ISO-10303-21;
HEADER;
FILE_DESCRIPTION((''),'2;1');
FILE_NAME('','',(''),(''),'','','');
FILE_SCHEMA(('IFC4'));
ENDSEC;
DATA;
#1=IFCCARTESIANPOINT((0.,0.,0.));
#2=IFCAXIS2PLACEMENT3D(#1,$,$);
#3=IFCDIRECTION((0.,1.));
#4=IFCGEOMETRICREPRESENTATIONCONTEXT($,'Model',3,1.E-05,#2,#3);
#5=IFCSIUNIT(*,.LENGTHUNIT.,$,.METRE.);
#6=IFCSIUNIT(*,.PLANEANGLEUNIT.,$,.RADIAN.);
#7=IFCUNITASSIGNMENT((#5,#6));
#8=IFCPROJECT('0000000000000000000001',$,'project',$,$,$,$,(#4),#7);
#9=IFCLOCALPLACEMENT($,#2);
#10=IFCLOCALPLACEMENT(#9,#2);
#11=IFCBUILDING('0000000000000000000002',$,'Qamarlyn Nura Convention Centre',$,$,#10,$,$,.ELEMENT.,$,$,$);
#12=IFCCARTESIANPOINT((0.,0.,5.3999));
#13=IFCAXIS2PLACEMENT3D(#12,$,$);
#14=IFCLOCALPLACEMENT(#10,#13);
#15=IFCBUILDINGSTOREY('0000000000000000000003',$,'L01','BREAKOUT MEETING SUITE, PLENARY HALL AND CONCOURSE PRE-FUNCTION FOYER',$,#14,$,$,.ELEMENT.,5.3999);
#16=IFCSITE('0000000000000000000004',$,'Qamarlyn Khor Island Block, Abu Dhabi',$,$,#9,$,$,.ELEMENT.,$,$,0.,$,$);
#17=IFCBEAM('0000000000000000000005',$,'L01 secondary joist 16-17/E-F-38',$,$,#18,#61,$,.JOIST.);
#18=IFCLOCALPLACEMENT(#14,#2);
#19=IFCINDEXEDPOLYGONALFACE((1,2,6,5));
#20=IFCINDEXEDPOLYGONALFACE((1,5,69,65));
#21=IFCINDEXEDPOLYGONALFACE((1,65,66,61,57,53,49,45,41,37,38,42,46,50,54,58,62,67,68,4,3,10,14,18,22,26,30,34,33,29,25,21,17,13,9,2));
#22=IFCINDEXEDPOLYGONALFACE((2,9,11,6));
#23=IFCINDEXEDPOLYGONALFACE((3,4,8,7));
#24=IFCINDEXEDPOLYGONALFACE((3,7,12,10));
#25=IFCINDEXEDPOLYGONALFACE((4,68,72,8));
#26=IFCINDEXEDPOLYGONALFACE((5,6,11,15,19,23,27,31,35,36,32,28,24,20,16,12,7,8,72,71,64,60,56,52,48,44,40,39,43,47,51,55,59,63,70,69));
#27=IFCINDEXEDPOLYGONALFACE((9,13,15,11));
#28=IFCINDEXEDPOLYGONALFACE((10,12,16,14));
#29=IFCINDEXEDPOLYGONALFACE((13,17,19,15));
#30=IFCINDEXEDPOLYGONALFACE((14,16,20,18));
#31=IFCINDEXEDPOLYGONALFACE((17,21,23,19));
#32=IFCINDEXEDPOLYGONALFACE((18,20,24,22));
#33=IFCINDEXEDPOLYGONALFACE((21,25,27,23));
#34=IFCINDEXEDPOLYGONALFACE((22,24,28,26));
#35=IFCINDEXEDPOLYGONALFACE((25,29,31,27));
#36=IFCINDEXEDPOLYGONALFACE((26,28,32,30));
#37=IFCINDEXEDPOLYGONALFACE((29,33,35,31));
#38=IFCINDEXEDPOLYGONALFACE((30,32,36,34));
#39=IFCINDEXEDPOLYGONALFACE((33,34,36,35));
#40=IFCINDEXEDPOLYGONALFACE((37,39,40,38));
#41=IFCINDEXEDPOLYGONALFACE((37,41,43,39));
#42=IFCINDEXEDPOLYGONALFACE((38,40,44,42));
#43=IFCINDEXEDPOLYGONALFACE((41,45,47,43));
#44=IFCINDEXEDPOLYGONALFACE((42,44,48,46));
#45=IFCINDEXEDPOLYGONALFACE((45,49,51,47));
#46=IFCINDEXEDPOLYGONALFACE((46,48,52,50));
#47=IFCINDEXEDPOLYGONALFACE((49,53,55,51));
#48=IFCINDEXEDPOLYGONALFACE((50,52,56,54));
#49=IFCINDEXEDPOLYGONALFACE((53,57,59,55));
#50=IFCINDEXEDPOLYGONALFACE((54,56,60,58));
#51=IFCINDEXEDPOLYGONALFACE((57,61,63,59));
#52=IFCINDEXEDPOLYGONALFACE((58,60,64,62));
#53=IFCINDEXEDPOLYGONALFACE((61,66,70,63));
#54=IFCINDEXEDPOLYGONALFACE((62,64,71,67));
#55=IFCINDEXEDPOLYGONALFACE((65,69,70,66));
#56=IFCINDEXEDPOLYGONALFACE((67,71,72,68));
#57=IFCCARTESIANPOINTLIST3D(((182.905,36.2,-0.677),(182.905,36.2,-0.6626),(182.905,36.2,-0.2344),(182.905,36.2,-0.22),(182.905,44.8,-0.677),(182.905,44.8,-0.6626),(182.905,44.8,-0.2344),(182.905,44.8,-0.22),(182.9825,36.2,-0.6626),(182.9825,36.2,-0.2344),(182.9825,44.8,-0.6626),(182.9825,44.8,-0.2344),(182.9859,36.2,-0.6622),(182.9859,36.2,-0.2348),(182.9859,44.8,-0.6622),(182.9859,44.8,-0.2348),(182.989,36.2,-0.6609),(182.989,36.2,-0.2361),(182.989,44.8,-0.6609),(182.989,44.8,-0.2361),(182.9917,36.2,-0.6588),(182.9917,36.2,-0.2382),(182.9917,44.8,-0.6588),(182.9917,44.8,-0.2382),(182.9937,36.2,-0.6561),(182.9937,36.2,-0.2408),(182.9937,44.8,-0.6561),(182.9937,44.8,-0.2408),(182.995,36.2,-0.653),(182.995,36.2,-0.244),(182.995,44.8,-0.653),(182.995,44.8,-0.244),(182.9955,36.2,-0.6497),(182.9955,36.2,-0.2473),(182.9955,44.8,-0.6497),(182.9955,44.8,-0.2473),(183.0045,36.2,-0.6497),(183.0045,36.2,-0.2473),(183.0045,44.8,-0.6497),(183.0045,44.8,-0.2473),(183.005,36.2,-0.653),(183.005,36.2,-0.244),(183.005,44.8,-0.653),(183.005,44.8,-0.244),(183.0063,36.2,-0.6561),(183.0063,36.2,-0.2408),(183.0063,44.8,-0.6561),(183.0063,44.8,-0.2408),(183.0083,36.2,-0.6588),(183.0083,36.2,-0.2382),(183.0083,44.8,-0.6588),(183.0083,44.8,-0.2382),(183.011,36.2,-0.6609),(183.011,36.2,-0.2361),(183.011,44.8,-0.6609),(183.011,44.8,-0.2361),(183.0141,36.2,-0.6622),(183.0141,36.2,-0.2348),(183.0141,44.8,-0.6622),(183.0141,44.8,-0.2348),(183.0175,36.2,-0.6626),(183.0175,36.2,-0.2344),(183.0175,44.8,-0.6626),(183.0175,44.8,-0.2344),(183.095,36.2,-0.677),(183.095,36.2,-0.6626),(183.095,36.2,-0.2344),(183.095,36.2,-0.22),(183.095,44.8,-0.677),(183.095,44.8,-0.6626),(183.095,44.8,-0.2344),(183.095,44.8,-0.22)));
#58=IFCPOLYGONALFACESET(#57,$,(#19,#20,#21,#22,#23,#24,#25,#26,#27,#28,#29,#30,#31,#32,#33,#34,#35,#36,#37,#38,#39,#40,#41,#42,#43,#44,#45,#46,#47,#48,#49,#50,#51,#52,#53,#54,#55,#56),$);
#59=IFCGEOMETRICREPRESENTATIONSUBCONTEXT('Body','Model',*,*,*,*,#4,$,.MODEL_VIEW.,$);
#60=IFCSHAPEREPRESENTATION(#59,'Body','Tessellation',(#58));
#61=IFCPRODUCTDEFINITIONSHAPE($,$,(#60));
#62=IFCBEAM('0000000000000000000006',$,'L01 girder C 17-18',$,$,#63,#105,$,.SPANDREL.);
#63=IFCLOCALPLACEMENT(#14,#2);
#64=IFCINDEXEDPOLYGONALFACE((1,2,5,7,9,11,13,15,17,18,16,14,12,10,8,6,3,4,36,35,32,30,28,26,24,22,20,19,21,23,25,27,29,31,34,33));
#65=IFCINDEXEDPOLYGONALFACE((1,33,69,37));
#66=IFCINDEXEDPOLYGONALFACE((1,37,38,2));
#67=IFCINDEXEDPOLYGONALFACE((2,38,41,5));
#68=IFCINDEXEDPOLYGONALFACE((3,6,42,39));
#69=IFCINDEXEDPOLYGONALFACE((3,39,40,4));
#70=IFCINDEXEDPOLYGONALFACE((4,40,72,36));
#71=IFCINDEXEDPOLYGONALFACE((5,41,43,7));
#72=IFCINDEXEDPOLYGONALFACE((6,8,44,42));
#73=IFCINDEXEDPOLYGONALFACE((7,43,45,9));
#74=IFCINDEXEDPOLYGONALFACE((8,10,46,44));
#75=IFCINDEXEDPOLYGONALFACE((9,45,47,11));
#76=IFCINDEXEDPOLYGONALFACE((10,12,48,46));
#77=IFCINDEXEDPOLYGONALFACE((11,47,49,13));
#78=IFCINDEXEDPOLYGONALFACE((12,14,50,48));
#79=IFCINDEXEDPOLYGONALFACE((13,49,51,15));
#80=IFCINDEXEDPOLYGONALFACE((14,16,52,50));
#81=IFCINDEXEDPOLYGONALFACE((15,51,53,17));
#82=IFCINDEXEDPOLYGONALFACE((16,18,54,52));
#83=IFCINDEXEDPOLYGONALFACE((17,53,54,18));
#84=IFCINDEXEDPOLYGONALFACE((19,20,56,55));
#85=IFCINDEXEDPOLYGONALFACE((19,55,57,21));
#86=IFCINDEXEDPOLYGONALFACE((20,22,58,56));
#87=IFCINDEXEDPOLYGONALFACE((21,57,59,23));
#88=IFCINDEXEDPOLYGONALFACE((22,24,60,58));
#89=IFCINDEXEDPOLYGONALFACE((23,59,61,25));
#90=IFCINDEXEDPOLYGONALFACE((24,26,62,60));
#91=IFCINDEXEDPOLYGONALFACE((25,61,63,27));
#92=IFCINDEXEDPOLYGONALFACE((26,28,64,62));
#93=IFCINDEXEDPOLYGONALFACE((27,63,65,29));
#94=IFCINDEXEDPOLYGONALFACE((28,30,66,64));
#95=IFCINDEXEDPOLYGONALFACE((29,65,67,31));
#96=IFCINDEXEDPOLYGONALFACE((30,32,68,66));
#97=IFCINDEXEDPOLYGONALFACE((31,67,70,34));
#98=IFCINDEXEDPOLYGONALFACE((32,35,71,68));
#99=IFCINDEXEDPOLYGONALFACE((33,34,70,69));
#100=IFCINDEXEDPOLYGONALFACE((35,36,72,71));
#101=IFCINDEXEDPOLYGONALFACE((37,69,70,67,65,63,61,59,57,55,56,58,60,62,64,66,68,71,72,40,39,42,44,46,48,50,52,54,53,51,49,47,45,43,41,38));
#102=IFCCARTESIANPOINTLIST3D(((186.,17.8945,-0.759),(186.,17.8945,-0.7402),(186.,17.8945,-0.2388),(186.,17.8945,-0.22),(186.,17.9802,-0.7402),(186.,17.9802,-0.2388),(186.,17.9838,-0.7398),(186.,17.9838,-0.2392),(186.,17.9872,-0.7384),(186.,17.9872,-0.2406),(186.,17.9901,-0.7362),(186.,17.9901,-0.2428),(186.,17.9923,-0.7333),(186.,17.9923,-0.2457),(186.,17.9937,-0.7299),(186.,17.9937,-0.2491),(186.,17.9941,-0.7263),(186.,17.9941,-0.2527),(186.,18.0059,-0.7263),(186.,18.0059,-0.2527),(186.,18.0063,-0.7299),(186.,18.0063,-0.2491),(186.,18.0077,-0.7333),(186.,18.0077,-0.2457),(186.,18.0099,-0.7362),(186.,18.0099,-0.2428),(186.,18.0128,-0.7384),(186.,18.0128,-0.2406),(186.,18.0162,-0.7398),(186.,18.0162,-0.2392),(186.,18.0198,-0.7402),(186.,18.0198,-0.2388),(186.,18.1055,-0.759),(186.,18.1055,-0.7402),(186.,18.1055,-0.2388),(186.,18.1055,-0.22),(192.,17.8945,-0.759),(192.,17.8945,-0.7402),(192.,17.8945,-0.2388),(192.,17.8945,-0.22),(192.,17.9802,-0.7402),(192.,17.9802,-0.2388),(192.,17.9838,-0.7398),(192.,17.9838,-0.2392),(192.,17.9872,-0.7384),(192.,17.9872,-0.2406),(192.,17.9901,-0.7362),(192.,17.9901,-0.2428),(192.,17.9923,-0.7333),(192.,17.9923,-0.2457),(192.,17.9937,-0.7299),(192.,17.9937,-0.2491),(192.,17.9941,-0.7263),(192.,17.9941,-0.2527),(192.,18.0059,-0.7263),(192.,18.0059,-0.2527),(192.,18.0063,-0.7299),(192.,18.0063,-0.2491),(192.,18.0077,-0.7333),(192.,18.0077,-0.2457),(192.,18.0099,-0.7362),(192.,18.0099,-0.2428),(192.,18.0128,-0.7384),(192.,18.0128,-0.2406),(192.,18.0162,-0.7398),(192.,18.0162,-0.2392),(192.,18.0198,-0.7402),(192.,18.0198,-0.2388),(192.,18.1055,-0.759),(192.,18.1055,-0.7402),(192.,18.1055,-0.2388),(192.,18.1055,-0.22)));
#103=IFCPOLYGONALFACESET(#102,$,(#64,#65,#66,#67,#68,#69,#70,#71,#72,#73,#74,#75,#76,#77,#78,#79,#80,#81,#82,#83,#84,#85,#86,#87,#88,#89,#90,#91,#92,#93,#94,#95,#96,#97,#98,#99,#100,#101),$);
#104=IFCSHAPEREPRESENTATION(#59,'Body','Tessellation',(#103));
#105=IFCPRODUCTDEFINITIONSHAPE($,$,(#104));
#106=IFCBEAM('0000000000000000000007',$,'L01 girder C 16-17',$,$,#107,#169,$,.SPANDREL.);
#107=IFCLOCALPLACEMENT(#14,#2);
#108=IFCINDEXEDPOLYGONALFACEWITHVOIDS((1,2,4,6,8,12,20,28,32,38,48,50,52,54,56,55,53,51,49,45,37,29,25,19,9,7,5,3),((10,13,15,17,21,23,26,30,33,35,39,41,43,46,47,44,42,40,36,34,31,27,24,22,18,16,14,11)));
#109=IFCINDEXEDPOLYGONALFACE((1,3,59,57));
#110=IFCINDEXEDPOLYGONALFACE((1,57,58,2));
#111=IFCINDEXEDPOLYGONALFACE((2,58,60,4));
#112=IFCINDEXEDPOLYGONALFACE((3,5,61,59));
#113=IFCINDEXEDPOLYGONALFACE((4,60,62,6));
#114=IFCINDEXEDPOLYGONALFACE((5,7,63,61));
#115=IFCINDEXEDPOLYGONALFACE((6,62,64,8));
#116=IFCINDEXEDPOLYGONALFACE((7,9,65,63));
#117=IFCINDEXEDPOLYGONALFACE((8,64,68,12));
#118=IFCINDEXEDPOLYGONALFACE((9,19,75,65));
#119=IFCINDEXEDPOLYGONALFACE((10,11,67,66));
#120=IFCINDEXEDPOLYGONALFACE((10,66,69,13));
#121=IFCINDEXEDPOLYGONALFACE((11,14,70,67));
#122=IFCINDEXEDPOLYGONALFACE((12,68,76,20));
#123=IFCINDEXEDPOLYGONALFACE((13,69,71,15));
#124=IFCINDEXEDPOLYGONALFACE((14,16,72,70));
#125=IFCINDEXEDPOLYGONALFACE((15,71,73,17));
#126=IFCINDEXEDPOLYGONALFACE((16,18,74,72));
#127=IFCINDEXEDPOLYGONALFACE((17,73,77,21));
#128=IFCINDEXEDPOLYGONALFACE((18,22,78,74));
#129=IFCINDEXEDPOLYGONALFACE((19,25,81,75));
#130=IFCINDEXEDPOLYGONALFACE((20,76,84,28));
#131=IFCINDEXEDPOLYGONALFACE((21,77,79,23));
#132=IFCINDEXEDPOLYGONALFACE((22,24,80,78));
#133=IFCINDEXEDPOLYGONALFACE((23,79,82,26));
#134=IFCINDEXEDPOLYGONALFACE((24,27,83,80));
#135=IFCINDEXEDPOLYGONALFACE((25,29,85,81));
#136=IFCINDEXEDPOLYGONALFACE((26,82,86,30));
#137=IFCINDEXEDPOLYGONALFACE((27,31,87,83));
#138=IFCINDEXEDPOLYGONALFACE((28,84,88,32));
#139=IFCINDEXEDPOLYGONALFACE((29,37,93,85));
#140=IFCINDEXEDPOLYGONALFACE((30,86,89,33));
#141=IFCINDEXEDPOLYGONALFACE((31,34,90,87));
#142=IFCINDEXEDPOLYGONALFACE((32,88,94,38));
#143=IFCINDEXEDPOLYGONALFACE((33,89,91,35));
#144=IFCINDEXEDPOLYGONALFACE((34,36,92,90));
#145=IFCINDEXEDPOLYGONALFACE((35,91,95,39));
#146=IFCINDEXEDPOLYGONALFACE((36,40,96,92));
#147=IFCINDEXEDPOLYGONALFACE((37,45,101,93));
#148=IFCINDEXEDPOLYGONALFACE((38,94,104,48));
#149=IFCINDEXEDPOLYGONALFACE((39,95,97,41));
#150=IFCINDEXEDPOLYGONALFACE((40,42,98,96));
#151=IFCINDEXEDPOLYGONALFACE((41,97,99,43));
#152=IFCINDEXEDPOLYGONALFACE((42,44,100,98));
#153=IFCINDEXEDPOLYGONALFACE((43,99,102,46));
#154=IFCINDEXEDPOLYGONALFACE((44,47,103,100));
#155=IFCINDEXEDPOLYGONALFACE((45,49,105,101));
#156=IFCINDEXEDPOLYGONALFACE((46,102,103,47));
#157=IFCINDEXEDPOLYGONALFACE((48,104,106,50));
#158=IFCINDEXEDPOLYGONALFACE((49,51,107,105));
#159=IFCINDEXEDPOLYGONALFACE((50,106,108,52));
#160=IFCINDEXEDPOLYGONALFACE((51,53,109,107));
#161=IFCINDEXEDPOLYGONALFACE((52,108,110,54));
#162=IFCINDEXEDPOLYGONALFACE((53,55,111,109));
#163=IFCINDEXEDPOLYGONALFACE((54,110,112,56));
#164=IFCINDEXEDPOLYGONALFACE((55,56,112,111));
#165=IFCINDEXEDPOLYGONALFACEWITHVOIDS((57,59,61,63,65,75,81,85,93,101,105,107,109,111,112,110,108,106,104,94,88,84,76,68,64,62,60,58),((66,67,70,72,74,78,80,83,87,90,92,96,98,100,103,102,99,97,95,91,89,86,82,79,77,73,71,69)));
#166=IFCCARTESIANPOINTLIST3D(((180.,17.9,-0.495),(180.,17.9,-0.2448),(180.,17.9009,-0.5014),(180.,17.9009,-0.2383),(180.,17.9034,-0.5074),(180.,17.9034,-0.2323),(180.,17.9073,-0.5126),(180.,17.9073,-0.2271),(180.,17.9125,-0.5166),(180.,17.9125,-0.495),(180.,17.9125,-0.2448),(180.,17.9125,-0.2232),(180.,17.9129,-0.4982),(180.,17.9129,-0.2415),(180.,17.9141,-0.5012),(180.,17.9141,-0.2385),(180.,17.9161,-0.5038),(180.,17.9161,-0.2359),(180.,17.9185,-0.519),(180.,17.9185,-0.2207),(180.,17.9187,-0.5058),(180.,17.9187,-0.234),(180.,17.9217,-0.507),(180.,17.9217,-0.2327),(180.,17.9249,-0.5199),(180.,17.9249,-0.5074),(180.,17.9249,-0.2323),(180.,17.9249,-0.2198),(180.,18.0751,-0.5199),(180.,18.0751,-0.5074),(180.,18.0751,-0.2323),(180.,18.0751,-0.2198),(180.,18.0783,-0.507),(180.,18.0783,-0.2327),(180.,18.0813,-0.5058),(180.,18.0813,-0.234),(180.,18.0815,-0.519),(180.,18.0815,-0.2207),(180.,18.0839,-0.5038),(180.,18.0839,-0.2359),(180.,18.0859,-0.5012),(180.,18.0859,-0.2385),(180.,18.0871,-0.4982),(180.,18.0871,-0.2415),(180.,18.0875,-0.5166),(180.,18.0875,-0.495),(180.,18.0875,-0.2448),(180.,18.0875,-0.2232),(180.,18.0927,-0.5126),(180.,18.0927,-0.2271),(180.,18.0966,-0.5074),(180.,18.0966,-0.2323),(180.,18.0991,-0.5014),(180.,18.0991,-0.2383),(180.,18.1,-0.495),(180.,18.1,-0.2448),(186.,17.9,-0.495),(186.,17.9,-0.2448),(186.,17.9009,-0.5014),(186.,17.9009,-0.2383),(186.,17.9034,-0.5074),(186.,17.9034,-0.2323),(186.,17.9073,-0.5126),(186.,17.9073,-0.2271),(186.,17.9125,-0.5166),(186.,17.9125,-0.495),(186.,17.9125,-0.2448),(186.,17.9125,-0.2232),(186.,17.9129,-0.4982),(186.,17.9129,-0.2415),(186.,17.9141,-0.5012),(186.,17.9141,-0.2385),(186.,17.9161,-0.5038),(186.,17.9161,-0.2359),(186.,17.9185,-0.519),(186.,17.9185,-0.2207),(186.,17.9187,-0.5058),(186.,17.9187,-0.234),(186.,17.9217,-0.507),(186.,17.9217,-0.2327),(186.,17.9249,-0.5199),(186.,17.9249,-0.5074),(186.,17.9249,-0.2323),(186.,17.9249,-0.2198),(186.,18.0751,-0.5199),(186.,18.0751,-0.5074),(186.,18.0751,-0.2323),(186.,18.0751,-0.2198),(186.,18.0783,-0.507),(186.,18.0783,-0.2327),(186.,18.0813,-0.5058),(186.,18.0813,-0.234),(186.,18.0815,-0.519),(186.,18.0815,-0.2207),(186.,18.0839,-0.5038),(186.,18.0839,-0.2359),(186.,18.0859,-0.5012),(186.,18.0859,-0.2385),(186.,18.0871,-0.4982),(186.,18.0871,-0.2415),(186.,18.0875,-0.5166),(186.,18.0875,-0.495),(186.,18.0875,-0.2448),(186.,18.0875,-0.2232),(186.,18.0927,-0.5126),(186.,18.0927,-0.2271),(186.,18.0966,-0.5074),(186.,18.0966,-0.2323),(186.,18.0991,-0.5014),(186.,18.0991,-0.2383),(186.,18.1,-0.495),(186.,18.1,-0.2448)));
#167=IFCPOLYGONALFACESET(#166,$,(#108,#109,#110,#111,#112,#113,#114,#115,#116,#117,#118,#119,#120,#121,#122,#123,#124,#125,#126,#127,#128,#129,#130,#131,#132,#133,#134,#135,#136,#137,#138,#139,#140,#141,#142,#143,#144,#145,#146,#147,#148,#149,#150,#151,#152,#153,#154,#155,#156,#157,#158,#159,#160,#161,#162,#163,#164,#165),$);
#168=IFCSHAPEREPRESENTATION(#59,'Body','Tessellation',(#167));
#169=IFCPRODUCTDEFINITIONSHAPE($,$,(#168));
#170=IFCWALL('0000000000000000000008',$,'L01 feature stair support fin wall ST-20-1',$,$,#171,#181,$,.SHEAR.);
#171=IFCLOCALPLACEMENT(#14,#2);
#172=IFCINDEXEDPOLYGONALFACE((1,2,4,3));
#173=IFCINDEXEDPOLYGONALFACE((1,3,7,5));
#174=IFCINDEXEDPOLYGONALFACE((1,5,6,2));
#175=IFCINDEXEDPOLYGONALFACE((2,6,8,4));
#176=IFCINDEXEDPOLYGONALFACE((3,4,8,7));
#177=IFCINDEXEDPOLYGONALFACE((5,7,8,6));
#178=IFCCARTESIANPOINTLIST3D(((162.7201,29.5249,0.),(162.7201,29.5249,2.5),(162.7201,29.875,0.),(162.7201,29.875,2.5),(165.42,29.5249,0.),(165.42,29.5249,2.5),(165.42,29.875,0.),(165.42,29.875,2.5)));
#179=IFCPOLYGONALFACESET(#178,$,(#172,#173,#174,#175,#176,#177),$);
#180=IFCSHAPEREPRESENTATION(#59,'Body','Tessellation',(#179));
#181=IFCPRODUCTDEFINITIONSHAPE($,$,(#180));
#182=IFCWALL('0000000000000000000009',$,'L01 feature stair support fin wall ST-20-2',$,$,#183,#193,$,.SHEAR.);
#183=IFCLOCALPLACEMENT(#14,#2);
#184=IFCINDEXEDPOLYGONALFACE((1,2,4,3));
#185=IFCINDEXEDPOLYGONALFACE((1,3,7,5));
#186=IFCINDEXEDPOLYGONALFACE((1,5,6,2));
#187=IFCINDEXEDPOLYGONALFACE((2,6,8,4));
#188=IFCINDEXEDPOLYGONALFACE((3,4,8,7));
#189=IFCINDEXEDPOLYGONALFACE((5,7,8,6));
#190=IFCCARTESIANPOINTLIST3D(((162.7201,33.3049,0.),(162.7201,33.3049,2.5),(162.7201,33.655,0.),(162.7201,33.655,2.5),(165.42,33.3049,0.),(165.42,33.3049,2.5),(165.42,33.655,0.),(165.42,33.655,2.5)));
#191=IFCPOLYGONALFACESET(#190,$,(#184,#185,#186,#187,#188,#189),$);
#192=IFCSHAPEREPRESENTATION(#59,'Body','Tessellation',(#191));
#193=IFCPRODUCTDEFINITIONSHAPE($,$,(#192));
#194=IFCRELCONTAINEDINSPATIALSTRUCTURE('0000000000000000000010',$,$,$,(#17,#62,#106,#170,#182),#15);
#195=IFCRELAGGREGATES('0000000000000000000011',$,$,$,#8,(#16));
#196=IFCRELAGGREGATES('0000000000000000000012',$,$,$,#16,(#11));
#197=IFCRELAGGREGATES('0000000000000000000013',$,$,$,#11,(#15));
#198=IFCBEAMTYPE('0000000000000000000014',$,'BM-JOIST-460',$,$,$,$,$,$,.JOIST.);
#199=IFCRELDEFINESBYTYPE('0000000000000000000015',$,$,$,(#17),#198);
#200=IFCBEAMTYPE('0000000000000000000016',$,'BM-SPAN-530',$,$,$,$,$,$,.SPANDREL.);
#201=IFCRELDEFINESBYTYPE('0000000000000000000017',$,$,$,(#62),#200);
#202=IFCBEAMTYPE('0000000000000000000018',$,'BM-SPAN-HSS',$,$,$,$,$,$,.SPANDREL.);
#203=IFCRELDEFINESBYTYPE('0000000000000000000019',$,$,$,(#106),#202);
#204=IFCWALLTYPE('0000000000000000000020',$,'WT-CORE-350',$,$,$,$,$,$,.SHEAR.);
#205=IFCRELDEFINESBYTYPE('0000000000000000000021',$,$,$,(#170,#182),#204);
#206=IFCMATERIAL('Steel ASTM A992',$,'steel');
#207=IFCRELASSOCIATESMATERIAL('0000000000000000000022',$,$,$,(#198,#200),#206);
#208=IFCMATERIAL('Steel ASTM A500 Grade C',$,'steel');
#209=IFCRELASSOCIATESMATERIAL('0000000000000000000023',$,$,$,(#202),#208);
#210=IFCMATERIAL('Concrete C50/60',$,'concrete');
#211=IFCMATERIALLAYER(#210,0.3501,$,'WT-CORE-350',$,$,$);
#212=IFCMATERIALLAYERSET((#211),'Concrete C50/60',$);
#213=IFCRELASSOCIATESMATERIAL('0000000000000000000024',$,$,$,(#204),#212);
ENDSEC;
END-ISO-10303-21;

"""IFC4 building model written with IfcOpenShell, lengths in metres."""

from ifc_helpers import new_model, si_unit, direction, frame, frame_2d, origin, origin_2d, place, context, subcontext, project, spatial, rectangle, hollow_rectangle, i_section, extrude, material, layer, layer_set, material_profile, profile_set, type_object, element, save


model = new_model("IFC4")

# Units and contexts
model_context = context("Model", 3, precision=1e-05, world=origin(), true_north=direction((0.0, 1.0)))
body_context = subcontext(model_context, "Body", "Model", "MODEL_VIEW")
ifc_project = project(units=[si_unit("LENGTHUNIT", "METRE"), si_unit("PLANEANGLEUNIT", "RADIAN")], contexts=[model_context])

# Site, building, storey
site_placement = place(None, origin())
site = spatial("IfcSite", under=ifc_project, at=site_placement, Name="Qamarlyn Khor Island Block, Abu Dhabi", CompositionType="ELEMENT", RefElevation=0.0)
building_placement = place(site_placement, origin())
building = spatial("IfcBuilding", under=site, at=building_placement, Name="Qamarlyn Nura Convention Centre", CompositionType="ELEMENT")
storey_placement = place(building_placement, frame((0.0, 0.0, 5.3999)))
storey = spatial("IfcBuildingStorey", under=building, at=storey_placement, Name="L01", Description="BREAKOUT MEETING SUITE, PLENARY HALL AND CONCOURSE PRE-FUNCTION FOYER", CompositionType="ELEMENT", Elevation=5.3999)

# Shared definitions
ifc_material_1 = material(Name="Steel ASTM A992", Category="steel")

# Beams
ifc_material_profile_1 = material_profile(ifc_material_1, i_section(OverallWidth=0.1899, OverallDepth=0.457, WebThickness=0.009, FlangeThickness=0.0144, FilletRadius=0.0129, at=origin_2d()), Name="W460X74")
ifc_profile_set_1 = profile_set([ifc_material_profile_1], Name="Steel ASTM A992")
beam_type_1 = type_object("IfcBeamType", Name="BM-JOIST-460", PredefinedType="JOIST", material=ifc_profile_set_1)
for number, where, z_axis, x_axis, name in (
    (1, (183.0, 36.2, -0.4485), (0.0, 1.0, 0.0), (-1.0, 0.0, 0.0), "L01 secondary joist 16-17/E-F-38"),
):
    element("IfcBeam", number, at=place(storey_placement, frame(where, z_axis=z_axis, x_axis=x_axis)), inside=storey, type_object=beam_type_1, Name=name, PredefinedType="JOIST", context=body_context, shape_type="SweptSolid", body=[
        extrude(i_section(OverallWidth=0.1899, OverallDepth=0.457, WebThickness=0.009, FlangeThickness=0.0144, FilletRadius=0.0129, at=origin_2d()), origin(), (0.0, 0.0, 1.0), 8.6001),
    ])
ifc_material_profile_2 = material_profile(ifc_material_1, i_section(OverallWidth=0.2109, OverallDepth=0.5391, WebThickness=0.0117, FlangeThickness=0.0188, FilletRadius=0.0139, at=origin_2d()), Name="W530X109")
ifc_profile_set_2 = profile_set([ifc_material_profile_2], Name="Steel ASTM A992")
beam_type_2 = type_object("IfcBeamType", Name="BM-SPAN-530", PredefinedType="SPANDREL", material=ifc_profile_set_2)
beam_1_placement = place(storey_placement, frame((186.0, 18.0, -0.4895), z_axis=(1.0, 0.0, 0.0), x_axis=(0.0, 1.0, 0.0)))
element("IfcBeam", 2, at=beam_1_placement, inside=storey, type_object=beam_type_2, Name="L01 girder C 17-18", PredefinedType="SPANDREL", context=body_context, shape_type="SweptSolid", body=[
    extrude(i_section(OverallWidth=0.2109, OverallDepth=0.5391, WebThickness=0.0117, FlangeThickness=0.0188, FilletRadius=0.0139, at=origin_2d()), origin(), (0.0, 0.0, 1.0), 6.0),
])
ifc_material_2 = material(Name="Steel ASTM A500 Grade C", Category="steel")
ifc_material_profile_3 = material_profile(ifc_material_2, hollow_rectangle(XDim=0.2, YDim=0.3, WallThickness=0.0125, InnerFilletRadius=0.0125, OuterFilletRadius=0.0249, at=origin_2d()), Name="HSS300X200X12.5")
ifc_profile_set_3 = profile_set([ifc_material_profile_3], Name="Steel ASTM A500 Grade C")
beam_type_3 = type_object("IfcBeamType", Name="BM-SPAN-HSS", PredefinedType="SPANDREL", material=ifc_profile_set_3)
beam_2_placement = place(storey_placement, frame((180.0, 18.0, -0.3699), z_axis=(1.0, 0.0, 0.0), x_axis=(0.0, 1.0, 0.0)))
element("IfcBeam", 3, at=beam_2_placement, inside=storey, type_object=beam_type_3, Name="L01 girder C 16-17", PredefinedType="SPANDREL", context=body_context, shape_type="SweptSolid", body=[
    extrude(hollow_rectangle(XDim=0.2, YDim=0.3, WallThickness=0.0125, InnerFilletRadius=0.0125, OuterFilletRadius=0.0249, at=origin_2d()), origin(), (0.0, 0.0, 1.0), 6.0),
])

# Walls
ifc_material_3 = material(Name="Concrete C50/60", Category="concrete")
ifc_layer_1 = layer(ifc_material_3, 0.3501, Name="WT-CORE-350")
ifc_layer_set_1 = layer_set([ifc_layer_1], Name="Concrete C50/60")
wall_type_1 = type_object("IfcWallType", Name="WT-CORE-350", PredefinedType="SHEAR", material=ifc_layer_set_1)
for number, where, z_axis, x_axis, name in (
    (4, (162.72, 29.7, 0.0), (0.0, 0.0, 1.0), (1.0, 0.0, 0.0), "L01 feature stair support fin wall ST-20-1"),
    (5, (162.72, 33.48, 0.0), (0.0, 0.0, 1.0), (1.0, 0.0, 0.0), "L01 feature stair support fin wall ST-20-2"),
):
    element("IfcWall", number, at=place(storey_placement, frame(where, z_axis=z_axis, x_axis=x_axis)), inside=storey, type_object=wall_type_1, Name=name, PredefinedType="SHEAR", context=body_context, shape_type="SweptSolid", body=[
        extrude(rectangle(XDim=2.7, YDim=0.3501, at=frame_2d((1.3501, 0.0))), origin(), (0.0, 0.0, 1.0), 2.5),
    ])

save(model, "model.ifc")
